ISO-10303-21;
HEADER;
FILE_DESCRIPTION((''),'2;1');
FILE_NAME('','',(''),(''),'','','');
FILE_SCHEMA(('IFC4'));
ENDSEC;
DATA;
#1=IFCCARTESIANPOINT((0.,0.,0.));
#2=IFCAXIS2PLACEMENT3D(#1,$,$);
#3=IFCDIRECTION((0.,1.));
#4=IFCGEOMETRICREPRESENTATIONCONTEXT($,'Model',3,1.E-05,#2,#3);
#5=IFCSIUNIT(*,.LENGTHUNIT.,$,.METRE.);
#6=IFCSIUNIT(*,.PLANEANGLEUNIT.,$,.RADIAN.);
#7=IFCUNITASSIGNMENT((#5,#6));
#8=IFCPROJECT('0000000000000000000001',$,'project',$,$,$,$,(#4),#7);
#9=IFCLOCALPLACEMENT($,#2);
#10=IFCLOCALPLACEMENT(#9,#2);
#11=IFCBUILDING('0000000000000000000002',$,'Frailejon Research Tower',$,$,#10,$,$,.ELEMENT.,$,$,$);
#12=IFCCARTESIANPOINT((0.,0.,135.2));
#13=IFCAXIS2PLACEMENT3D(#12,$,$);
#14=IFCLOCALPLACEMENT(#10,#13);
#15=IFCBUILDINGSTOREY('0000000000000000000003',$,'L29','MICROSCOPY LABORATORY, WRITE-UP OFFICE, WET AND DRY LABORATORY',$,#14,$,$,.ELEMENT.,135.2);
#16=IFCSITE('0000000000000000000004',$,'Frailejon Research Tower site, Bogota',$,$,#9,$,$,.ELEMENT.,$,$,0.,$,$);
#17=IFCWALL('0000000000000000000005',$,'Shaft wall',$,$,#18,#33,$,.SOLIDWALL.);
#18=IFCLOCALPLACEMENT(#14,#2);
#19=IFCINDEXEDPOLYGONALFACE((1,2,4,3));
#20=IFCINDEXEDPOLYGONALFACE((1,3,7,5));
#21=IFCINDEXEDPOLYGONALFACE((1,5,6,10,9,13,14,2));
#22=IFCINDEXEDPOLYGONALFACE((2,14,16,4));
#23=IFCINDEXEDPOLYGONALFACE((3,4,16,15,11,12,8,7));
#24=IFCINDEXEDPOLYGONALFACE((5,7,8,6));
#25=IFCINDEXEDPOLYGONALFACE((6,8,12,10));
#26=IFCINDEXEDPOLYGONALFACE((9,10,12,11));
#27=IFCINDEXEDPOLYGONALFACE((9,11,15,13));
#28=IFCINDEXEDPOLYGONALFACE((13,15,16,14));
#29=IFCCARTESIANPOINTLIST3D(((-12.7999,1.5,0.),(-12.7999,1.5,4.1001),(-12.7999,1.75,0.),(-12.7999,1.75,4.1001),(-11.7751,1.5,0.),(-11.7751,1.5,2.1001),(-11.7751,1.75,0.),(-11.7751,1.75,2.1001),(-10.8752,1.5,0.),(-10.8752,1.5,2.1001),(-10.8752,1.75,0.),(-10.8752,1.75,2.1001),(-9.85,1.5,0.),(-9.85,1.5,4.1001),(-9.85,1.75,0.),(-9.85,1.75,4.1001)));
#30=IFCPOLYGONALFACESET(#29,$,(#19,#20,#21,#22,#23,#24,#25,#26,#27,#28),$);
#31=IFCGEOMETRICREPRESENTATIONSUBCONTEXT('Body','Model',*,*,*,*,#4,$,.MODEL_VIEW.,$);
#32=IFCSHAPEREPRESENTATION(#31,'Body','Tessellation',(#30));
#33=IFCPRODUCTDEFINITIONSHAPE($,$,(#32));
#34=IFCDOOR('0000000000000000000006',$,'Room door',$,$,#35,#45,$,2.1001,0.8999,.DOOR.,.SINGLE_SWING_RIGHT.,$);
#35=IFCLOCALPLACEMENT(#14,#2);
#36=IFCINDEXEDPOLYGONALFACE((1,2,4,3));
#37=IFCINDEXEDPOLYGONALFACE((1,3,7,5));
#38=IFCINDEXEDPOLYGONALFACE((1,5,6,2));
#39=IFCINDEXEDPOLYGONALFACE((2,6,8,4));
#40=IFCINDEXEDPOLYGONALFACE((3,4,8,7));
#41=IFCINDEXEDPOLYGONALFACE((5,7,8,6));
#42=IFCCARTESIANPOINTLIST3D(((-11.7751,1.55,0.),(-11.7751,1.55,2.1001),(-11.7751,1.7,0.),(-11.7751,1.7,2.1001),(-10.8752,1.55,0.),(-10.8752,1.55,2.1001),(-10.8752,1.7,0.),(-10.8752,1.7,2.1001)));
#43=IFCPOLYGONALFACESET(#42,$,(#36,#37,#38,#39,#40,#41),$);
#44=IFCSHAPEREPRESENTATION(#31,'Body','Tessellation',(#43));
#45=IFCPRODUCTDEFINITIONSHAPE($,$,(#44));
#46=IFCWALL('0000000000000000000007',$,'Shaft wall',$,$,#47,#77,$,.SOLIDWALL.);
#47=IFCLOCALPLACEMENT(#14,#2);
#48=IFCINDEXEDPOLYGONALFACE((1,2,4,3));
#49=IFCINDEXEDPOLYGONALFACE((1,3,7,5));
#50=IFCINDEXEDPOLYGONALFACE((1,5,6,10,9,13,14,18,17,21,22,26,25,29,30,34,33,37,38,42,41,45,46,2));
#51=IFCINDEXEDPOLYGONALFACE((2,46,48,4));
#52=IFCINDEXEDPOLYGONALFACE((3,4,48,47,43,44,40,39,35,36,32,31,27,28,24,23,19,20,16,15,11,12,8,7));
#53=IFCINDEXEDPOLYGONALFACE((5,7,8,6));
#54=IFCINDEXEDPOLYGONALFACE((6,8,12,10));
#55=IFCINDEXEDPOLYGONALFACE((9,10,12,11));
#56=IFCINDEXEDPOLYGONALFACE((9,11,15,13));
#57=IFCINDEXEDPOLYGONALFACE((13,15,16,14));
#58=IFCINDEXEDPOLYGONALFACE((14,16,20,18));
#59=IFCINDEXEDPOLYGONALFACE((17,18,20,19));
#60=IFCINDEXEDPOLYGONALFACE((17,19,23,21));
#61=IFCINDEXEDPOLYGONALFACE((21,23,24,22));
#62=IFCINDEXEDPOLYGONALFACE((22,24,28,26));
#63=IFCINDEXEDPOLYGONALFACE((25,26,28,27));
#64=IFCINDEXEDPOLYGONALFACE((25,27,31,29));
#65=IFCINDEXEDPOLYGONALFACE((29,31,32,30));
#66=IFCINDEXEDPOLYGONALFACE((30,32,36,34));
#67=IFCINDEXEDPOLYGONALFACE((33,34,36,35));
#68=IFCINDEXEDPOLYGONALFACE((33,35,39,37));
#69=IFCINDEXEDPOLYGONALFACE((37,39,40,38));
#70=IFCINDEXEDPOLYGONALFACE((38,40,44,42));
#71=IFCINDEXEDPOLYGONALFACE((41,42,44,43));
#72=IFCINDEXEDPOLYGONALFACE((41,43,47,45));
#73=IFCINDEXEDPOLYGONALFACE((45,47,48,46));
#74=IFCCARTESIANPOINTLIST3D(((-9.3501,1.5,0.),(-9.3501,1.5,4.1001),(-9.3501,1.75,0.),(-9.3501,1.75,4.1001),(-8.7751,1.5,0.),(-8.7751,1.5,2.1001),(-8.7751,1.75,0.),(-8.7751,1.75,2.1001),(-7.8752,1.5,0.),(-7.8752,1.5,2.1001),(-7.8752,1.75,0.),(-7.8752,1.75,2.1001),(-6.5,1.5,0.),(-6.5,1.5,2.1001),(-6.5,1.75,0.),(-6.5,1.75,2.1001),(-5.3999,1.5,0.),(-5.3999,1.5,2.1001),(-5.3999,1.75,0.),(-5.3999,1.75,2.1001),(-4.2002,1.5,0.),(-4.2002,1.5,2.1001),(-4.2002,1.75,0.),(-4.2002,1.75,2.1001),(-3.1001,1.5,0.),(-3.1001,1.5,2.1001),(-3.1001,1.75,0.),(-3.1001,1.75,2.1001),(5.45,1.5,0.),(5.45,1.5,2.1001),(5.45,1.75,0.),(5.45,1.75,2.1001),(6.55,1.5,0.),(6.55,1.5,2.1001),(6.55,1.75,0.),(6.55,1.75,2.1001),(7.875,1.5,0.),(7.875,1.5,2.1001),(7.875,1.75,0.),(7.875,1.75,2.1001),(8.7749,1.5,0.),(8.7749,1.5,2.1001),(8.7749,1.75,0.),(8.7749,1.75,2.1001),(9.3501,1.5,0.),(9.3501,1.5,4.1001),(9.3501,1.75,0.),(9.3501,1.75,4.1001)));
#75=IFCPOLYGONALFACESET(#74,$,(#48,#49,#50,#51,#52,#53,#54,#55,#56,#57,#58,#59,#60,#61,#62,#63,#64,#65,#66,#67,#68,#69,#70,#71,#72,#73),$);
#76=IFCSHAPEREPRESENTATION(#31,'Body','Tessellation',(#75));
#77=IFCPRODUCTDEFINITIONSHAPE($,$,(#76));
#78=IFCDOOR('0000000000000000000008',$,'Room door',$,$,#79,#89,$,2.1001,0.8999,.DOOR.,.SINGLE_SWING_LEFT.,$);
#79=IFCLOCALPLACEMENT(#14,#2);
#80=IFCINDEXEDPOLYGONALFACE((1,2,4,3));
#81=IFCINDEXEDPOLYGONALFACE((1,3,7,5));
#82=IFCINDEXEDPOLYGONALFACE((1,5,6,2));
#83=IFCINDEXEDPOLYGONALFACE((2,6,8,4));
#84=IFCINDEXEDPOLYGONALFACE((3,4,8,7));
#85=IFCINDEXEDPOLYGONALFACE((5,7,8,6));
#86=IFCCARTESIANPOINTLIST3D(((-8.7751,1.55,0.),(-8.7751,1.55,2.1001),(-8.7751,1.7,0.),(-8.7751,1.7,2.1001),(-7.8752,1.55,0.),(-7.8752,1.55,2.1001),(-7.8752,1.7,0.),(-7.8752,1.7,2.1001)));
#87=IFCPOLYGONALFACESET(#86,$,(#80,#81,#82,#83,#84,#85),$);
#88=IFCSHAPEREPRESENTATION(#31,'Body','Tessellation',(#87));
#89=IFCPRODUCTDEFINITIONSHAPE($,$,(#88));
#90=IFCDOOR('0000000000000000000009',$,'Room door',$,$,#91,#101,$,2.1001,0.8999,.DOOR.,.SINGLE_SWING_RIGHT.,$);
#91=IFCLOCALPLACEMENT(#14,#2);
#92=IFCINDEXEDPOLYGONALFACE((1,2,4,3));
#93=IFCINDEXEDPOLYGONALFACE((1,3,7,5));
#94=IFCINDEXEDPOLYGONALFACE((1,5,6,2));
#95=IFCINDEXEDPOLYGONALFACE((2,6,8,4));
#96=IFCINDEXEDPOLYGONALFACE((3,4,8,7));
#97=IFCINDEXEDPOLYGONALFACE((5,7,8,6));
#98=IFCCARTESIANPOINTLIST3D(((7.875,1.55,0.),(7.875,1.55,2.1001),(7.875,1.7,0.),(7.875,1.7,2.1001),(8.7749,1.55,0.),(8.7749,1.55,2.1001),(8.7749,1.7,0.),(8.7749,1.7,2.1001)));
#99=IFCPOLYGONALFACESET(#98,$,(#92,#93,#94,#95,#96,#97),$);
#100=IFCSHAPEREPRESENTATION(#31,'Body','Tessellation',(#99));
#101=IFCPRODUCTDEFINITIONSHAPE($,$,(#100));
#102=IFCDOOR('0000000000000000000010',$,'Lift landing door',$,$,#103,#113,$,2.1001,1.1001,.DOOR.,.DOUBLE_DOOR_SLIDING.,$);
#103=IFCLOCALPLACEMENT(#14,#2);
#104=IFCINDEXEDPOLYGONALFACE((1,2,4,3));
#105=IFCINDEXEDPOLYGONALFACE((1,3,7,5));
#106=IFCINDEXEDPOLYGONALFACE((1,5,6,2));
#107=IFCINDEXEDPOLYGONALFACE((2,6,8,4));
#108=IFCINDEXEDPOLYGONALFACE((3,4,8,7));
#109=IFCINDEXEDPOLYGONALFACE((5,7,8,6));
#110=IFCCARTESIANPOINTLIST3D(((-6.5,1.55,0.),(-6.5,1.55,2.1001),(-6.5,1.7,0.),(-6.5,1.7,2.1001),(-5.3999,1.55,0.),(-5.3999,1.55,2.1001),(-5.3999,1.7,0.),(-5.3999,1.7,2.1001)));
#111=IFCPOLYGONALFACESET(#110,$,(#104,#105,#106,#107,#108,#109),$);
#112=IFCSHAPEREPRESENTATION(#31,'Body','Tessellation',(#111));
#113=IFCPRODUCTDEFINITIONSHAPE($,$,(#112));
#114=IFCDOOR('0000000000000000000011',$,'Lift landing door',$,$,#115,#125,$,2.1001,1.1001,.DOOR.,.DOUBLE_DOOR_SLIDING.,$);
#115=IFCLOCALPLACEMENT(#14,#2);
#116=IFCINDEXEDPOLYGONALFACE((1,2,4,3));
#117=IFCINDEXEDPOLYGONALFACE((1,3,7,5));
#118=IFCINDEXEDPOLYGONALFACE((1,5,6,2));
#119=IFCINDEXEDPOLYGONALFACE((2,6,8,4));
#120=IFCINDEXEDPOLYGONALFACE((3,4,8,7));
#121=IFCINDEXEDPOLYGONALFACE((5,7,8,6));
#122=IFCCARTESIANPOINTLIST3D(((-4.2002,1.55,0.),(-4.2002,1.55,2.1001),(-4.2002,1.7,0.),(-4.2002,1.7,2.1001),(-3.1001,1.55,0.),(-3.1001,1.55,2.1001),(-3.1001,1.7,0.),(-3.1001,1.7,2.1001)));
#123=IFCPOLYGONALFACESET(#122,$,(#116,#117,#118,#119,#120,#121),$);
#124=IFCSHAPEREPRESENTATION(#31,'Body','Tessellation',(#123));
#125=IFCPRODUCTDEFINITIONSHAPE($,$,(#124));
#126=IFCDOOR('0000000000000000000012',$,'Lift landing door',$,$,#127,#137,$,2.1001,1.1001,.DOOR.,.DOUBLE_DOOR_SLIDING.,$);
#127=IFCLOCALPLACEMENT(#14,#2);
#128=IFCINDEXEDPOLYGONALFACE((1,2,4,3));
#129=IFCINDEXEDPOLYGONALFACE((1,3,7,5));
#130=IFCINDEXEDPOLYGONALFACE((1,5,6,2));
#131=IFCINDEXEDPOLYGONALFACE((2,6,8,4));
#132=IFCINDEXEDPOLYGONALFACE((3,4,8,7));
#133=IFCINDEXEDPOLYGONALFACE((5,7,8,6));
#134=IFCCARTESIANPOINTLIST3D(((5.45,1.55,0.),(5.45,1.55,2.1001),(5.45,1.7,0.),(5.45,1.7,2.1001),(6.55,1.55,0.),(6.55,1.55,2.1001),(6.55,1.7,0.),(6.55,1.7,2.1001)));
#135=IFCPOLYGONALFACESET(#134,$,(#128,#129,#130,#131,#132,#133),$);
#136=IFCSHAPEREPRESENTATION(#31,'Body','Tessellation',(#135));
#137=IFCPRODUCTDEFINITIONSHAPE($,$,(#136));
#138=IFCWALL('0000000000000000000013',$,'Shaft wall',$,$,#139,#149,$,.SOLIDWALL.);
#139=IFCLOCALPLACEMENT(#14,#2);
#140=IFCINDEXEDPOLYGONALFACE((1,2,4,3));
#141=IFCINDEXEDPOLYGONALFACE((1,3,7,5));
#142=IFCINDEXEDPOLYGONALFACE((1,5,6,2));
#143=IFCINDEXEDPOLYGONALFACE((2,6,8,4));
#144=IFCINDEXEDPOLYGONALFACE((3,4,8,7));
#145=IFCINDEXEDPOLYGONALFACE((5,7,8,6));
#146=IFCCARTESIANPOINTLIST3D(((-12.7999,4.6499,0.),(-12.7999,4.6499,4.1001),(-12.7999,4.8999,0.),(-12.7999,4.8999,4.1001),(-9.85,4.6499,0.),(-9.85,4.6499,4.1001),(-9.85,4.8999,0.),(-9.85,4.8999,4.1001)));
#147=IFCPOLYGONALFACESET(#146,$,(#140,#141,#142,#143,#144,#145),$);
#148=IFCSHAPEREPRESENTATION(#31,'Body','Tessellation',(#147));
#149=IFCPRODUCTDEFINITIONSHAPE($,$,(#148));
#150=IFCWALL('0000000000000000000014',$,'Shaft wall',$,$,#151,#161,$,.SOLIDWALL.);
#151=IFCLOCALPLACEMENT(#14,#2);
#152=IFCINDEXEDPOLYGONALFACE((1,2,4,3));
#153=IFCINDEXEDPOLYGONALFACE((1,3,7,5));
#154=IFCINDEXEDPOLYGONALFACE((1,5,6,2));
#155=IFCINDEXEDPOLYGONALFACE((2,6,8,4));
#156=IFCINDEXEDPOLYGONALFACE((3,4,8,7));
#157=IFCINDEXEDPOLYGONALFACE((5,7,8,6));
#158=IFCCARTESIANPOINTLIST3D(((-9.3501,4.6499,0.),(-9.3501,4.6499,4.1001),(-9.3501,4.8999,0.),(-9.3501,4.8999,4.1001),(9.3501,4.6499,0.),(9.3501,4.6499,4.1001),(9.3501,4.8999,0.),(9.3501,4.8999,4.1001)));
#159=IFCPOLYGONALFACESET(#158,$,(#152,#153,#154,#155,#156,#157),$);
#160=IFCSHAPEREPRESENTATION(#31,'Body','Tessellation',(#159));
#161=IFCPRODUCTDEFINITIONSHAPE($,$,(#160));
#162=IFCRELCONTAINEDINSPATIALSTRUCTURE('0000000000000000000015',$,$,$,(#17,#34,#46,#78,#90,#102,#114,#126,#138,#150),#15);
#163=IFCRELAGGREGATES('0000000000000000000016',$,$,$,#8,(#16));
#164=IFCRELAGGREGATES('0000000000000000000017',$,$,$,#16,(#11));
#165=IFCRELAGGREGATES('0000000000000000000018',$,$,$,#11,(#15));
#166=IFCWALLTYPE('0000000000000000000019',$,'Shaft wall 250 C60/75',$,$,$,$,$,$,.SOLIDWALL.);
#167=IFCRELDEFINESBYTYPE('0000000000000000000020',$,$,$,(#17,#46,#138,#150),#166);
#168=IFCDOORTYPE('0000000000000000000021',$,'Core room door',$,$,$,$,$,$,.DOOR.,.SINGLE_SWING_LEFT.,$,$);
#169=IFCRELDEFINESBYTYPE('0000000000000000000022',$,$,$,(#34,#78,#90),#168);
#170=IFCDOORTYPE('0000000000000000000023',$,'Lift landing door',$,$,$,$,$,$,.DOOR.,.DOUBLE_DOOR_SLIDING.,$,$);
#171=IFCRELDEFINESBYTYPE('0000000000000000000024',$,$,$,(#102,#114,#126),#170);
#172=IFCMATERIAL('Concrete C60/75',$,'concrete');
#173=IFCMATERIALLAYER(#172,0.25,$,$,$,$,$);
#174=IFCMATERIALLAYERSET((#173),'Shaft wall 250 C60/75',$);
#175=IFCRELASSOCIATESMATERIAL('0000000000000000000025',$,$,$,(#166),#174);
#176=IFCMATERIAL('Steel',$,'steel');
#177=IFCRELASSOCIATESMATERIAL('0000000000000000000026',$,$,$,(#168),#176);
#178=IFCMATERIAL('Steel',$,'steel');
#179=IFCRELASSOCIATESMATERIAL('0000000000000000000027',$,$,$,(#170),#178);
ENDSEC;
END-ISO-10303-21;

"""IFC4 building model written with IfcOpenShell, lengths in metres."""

from ifc_helpers import new_model, si_unit, direction, frame, frame_2d, origin, place, context, subcontext, project, spatial, rectangle, extrude, material, layer, layer_set, type_object, element, fill, save


model = new_model("IFC4")

# Units and contexts
model_context = context("Model", 3, precision=1e-05, world=origin(), true_north=direction((0.0, 1.0)))
body_context = subcontext(model_context, "Body", "Model", "MODEL_VIEW")
ifc_project = project(units=[si_unit("LENGTHUNIT", "METRE"), si_unit("PLANEANGLEUNIT", "RADIAN")], contexts=[model_context])

# Site, building, storey
site_placement = place(None, origin())
site = spatial("IfcSite", under=ifc_project, at=site_placement, Name="Frailejon Research Tower site, Bogota", CompositionType="ELEMENT", RefElevation=0.0)
building_placement = place(site_placement, origin())
building = spatial("IfcBuilding", under=site, at=building_placement, Name="Frailejon Research Tower", CompositionType="ELEMENT")
storey_placement = place(building_placement, frame((0.0, 0.0, 135.2)))
storey = spatial("IfcBuildingStorey", under=building, at=storey_placement, Name="L29", Description="MICROSCOPY LABORATORY, WRITE-UP OFFICE, WET AND DRY LABORATORY", CompositionType="ELEMENT", Elevation=135.2)

# Wall, opening, door
ifc_material_1 = material(Name="Concrete C60/75", Category="concrete")
ifc_layer_1 = layer(ifc_material_1, 0.25)
ifc_layer_set_1 = layer_set([ifc_layer_1], Name="Shaft wall 250 C60/75")
wall_type_1 = type_object("IfcWallType", Name="Shaft wall 250 C60/75", PredefinedType="SOLIDWALL", material=ifc_layer_set_1)
wall_1_placement = place(storey_placement, frame((-12.8, 1.625, 0.0), z_axis=(0.0, 0.0, 1.0), x_axis=(1.0, 0.0, 0.0)))
wall_1 = element("IfcWall", 1, at=wall_1_placement, inside=storey, type_object=wall_type_1, Name="Shaft wall", PredefinedType="SOLIDWALL", context=body_context, shape_type="SweptSolid", body=[
    extrude(rectangle(XDim=2.95, YDim=0.25, at=frame_2d((1.4751, 0.0))), origin(), (0.0, 0.0, 1.0), 4.1001),
])
opening_1_placement = place(wall_1_placement, frame((1.0249, 0.0, 0.0)))
opening_1 = element("IfcOpeningElement", 2, at=opening_1_placement, cuts=wall_1, PredefinedType="OPENING", context=body_context, shape_type="SweptSolid", body=[
    extrude(rectangle(XDim=0.8999, YDim=2.1001, at=frame_2d((0.45, 1.05))), frame((0.0, 0.135, 0.0), z_axis=(0.0, -1.0, 0.0), x_axis=(1.0, 0.0, 0.0)), (0.0, 0.0, 1.0), 0.27),
])
ifc_material_2 = material(Name="Steel", Category="steel")
door_type_1 = type_object("IfcDoorType", Name="Core room door", OperationType="SINGLE_SWING_LEFT", PredefinedType="DOOR", material=ifc_material_2)
door_1_placement = place(opening_1_placement, origin())
door_1 = element("IfcDoor", 3, at=door_1_placement, inside=storey, type_object=door_type_1, Name="Room door", OperationType="SINGLE_SWING_RIGHT", OverallHeight=2.1001, OverallWidth=0.8999, PredefinedType="DOOR", context=body_context, shape_type="SweptSolid", body=[
    extrude(rectangle(XDim=0.8999, YDim=2.1001, at=frame_2d((0.45, 1.05))), frame((0.0, 0.075, 0.0), z_axis=(0.0, -1.0, 0.0), x_axis=(1.0, 0.0, 0.0)), (0.0, 0.0, 1.0), 0.1499),
])
fill(opening_1, door_1)

# Wall, openings, doors
wall_2_placement = place(storey_placement, frame((-9.3501, 1.625, 0.0), z_axis=(0.0, 0.0, 1.0), x_axis=(1.0, 0.0, 0.0)))
wall_2 = element("IfcWall", 4, at=wall_2_placement, inside=storey, type_object=wall_type_1, Name="Shaft wall", PredefinedType="SOLIDWALL", context=body_context, shape_type="SweptSolid", body=[
    extrude(rectangle(XDim=18.7002, YDim=0.25, at=frame_2d((9.3501, 0.0))), origin(), (0.0, 0.0, 1.0), 4.1001),
])
opening_2_placement = place(wall_2_placement, frame((2.8501, 0.0, 0.0)))
opening_2 = element("IfcOpeningElement", 5, at=opening_2_placement, cuts=wall_2, PredefinedType="OPENING", context=body_context, shape_type="SweptSolid", body=[
    extrude(rectangle(XDim=1.1001, YDim=2.1001, at=frame_2d((0.55, 1.05))), frame((0.0, 0.135, 0.0), z_axis=(0.0, -1.0, 0.0), x_axis=(1.0, 0.0, 0.0)), (0.0, 0.0, 1.0), 0.27),
])
opening_3_placement = place(wall_2_placement, frame((5.1499, 0.0, 0.0)))
opening_3 = element("IfcOpeningElement", 6, at=opening_3_placement, cuts=wall_2, PredefinedType="OPENING", context=body_context, shape_type="SweptSolid", body=[
    extrude(rectangle(XDim=1.1001, YDim=2.1001, at=frame_2d((0.55, 1.05))), frame((0.0, 0.135, 0.0), z_axis=(0.0, -1.0, 0.0), x_axis=(1.0, 0.0, 0.0)), (0.0, 0.0, 1.0), 0.27),
])
opening_4_placement = place(wall_2_placement, frame((14.8, 0.0, 0.0)))
opening_4 = element("IfcOpeningElement", 7, at=opening_4_placement, cuts=wall_2, PredefinedType="OPENING", context=body_context, shape_type="SweptSolid", body=[
    extrude(rectangle(XDim=1.1001, YDim=2.1001, at=frame_2d((0.55, 1.05))), frame((0.0, 0.135, 0.0), z_axis=(0.0, -1.0, 0.0), x_axis=(1.0, 0.0, 0.0)), (0.0, 0.0, 1.0), 0.27),
])
opening_5_placement = place(wall_2_placement, frame((0.575, 0.0, 0.0)))
opening_5 = element("IfcOpeningElement", 8, at=opening_5_placement, cuts=wall_2, PredefinedType="OPENING", context=body_context, shape_type="SweptSolid", body=[
    extrude(rectangle(XDim=0.8999, YDim=2.1001, at=frame_2d((0.45, 1.05))), frame((0.0, 0.135, 0.0), z_axis=(0.0, -1.0, 0.0), x_axis=(1.0, 0.0, 0.0)), (0.0, 0.0, 1.0), 0.27),
])
opening_6_placement = place(wall_2_placement, frame((17.2251, 0.0, 0.0)))
opening_6 = element("IfcOpeningElement", 9, at=opening_6_placement, cuts=wall_2, PredefinedType="OPENING", context=body_context, shape_type="SweptSolid", body=[
    extrude(rectangle(XDim=0.8999, YDim=2.1001, at=frame_2d((0.45, 1.05))), frame((0.0, 0.135, 0.0), z_axis=(0.0, -1.0, 0.0), x_axis=(1.0, 0.0, 0.0)), (0.0, 0.0, 1.0), 0.27),
])
door_2_placement = place(opening_5_placement, origin())
door_2 = element("IfcDoor", 10, at=door_2_placement, inside=storey, type_object=door_type_1, Name="Room door", OperationType="SINGLE_SWING_LEFT", OverallHeight=2.1001, OverallWidth=0.8999, PredefinedType="DOOR", context=body_context, shape_type="SweptSolid", body=[
    extrude(rectangle(XDim=0.8999, YDim=2.1001, at=frame_2d((0.45, 1.05))), frame((0.0, 0.075, 0.0), z_axis=(0.0, -1.0, 0.0), x_axis=(1.0, 0.0, 0.0)), (0.0, 0.0, 1.0), 0.1499),
])
fill(opening_5, door_2)
door_3_placement = place(opening_6_placement, origin())
door_3 = element("IfcDoor", 11, at=door_3_placement, inside=storey, type_object=door_type_1, Name="Room door", OperationType="SINGLE_SWING_RIGHT", OverallHeight=2.1001, OverallWidth=0.8999, PredefinedType="DOOR", context=body_context, shape_type="SweptSolid", body=[
    extrude(rectangle(XDim=0.8999, YDim=2.1001, at=frame_2d((0.45, 1.05))), frame((0.0, 0.075, 0.0), z_axis=(0.0, -1.0, 0.0), x_axis=(1.0, 0.0, 0.0)), (0.0, 0.0, 1.0), 0.1499),
])
fill(opening_6, door_3)
ifc_material_3 = material(Name="Steel", Category="steel")
door_type_2 = type_object("IfcDoorType", Name="Lift landing door", OperationType="DOUBLE_DOOR_SLIDING", PredefinedType="DOOR", material=ifc_material_3)
door_4_placement = place(opening_2_placement, origin())
door_4 = element("IfcDoor", 12, at=door_4_placement, inside=storey, type_object=door_type_2, Name="Lift landing door", OperationType="DOUBLE_DOOR_SLIDING", OverallHeight=2.1001, OverallWidth=1.1001, PredefinedType="DOOR", context=body_context, shape_type="SweptSolid", body=[
    extrude(rectangle(XDim=1.1001, YDim=2.1001, at=frame_2d((0.55, 1.05))), frame((0.0, 0.075, 0.0), z_axis=(0.0, -1.0, 0.0), x_axis=(1.0, 0.0, 0.0)), (0.0, 0.0, 1.0), 0.1499),
])
fill(opening_2, door_4)
door_5_placement = place(opening_3_placement, origin())
door_5 = element("IfcDoor", 13, at=door_5_placement, inside=storey, type_object=door_type_2, Name="Lift landing door", OperationType="DOUBLE_DOOR_SLIDING", OverallHeight=2.1001, OverallWidth=1.1001, PredefinedType="DOOR", context=body_context, shape_type="SweptSolid", body=[
    extrude(rectangle(XDim=1.1001, YDim=2.1001, at=frame_2d((0.55, 1.05))), frame((0.0, 0.075, 0.0), z_axis=(0.0, -1.0, 0.0), x_axis=(1.0, 0.0, 0.0)), (0.0, 0.0, 1.0), 0.1499),
])
fill(opening_3, door_5)
door_6_placement = place(opening_4_placement, origin())
door_6 = element("IfcDoor", 14, at=door_6_placement, inside=storey, type_object=door_type_2, Name="Lift landing door", OperationType="DOUBLE_DOOR_SLIDING", OverallHeight=2.1001, OverallWidth=1.1001, PredefinedType="DOOR", context=body_context, shape_type="SweptSolid", body=[
    extrude(rectangle(XDim=1.1001, YDim=2.1001, at=frame_2d((0.55, 1.05))), frame((0.0, 0.075, 0.0), z_axis=(0.0, -1.0, 0.0), x_axis=(1.0, 0.0, 0.0)), (0.0, 0.0, 1.0), 0.1499),
])
fill(opening_4, door_6)

# Walls
wall_3_placement = place(storey_placement, frame((-12.8, 4.7749, 0.0), z_axis=(0.0, 0.0, 1.0), x_axis=(1.0, 0.0, 0.0)))
element("IfcWall", 15, at=wall_3_placement, inside=storey, type_object=wall_type_1, Name="Shaft wall", PredefinedType="SOLIDWALL", context=body_context, shape_type="SweptSolid", body=[
    extrude(rectangle(XDim=2.95, YDim=0.25, at=frame_2d((1.4751, 0.0))), origin(), (0.0, 0.0, 1.0), 4.1001),
])
wall_4_placement = place(storey_placement, frame((-9.3501, 4.7749, 0.0), z_axis=(0.0, 0.0, 1.0), x_axis=(1.0, 0.0, 0.0)))
element("IfcWall", 16, at=wall_4_placement, inside=storey, type_object=wall_type_1, Name="Shaft wall", PredefinedType="SOLIDWALL", context=body_context, shape_type="SweptSolid", body=[
    extrude(rectangle(XDim=18.7002, YDim=0.25, at=frame_2d((9.3501, 0.0))), origin(), (0.0, 0.0, 1.0), 4.1001),
])

save(model, "model.ifc")
